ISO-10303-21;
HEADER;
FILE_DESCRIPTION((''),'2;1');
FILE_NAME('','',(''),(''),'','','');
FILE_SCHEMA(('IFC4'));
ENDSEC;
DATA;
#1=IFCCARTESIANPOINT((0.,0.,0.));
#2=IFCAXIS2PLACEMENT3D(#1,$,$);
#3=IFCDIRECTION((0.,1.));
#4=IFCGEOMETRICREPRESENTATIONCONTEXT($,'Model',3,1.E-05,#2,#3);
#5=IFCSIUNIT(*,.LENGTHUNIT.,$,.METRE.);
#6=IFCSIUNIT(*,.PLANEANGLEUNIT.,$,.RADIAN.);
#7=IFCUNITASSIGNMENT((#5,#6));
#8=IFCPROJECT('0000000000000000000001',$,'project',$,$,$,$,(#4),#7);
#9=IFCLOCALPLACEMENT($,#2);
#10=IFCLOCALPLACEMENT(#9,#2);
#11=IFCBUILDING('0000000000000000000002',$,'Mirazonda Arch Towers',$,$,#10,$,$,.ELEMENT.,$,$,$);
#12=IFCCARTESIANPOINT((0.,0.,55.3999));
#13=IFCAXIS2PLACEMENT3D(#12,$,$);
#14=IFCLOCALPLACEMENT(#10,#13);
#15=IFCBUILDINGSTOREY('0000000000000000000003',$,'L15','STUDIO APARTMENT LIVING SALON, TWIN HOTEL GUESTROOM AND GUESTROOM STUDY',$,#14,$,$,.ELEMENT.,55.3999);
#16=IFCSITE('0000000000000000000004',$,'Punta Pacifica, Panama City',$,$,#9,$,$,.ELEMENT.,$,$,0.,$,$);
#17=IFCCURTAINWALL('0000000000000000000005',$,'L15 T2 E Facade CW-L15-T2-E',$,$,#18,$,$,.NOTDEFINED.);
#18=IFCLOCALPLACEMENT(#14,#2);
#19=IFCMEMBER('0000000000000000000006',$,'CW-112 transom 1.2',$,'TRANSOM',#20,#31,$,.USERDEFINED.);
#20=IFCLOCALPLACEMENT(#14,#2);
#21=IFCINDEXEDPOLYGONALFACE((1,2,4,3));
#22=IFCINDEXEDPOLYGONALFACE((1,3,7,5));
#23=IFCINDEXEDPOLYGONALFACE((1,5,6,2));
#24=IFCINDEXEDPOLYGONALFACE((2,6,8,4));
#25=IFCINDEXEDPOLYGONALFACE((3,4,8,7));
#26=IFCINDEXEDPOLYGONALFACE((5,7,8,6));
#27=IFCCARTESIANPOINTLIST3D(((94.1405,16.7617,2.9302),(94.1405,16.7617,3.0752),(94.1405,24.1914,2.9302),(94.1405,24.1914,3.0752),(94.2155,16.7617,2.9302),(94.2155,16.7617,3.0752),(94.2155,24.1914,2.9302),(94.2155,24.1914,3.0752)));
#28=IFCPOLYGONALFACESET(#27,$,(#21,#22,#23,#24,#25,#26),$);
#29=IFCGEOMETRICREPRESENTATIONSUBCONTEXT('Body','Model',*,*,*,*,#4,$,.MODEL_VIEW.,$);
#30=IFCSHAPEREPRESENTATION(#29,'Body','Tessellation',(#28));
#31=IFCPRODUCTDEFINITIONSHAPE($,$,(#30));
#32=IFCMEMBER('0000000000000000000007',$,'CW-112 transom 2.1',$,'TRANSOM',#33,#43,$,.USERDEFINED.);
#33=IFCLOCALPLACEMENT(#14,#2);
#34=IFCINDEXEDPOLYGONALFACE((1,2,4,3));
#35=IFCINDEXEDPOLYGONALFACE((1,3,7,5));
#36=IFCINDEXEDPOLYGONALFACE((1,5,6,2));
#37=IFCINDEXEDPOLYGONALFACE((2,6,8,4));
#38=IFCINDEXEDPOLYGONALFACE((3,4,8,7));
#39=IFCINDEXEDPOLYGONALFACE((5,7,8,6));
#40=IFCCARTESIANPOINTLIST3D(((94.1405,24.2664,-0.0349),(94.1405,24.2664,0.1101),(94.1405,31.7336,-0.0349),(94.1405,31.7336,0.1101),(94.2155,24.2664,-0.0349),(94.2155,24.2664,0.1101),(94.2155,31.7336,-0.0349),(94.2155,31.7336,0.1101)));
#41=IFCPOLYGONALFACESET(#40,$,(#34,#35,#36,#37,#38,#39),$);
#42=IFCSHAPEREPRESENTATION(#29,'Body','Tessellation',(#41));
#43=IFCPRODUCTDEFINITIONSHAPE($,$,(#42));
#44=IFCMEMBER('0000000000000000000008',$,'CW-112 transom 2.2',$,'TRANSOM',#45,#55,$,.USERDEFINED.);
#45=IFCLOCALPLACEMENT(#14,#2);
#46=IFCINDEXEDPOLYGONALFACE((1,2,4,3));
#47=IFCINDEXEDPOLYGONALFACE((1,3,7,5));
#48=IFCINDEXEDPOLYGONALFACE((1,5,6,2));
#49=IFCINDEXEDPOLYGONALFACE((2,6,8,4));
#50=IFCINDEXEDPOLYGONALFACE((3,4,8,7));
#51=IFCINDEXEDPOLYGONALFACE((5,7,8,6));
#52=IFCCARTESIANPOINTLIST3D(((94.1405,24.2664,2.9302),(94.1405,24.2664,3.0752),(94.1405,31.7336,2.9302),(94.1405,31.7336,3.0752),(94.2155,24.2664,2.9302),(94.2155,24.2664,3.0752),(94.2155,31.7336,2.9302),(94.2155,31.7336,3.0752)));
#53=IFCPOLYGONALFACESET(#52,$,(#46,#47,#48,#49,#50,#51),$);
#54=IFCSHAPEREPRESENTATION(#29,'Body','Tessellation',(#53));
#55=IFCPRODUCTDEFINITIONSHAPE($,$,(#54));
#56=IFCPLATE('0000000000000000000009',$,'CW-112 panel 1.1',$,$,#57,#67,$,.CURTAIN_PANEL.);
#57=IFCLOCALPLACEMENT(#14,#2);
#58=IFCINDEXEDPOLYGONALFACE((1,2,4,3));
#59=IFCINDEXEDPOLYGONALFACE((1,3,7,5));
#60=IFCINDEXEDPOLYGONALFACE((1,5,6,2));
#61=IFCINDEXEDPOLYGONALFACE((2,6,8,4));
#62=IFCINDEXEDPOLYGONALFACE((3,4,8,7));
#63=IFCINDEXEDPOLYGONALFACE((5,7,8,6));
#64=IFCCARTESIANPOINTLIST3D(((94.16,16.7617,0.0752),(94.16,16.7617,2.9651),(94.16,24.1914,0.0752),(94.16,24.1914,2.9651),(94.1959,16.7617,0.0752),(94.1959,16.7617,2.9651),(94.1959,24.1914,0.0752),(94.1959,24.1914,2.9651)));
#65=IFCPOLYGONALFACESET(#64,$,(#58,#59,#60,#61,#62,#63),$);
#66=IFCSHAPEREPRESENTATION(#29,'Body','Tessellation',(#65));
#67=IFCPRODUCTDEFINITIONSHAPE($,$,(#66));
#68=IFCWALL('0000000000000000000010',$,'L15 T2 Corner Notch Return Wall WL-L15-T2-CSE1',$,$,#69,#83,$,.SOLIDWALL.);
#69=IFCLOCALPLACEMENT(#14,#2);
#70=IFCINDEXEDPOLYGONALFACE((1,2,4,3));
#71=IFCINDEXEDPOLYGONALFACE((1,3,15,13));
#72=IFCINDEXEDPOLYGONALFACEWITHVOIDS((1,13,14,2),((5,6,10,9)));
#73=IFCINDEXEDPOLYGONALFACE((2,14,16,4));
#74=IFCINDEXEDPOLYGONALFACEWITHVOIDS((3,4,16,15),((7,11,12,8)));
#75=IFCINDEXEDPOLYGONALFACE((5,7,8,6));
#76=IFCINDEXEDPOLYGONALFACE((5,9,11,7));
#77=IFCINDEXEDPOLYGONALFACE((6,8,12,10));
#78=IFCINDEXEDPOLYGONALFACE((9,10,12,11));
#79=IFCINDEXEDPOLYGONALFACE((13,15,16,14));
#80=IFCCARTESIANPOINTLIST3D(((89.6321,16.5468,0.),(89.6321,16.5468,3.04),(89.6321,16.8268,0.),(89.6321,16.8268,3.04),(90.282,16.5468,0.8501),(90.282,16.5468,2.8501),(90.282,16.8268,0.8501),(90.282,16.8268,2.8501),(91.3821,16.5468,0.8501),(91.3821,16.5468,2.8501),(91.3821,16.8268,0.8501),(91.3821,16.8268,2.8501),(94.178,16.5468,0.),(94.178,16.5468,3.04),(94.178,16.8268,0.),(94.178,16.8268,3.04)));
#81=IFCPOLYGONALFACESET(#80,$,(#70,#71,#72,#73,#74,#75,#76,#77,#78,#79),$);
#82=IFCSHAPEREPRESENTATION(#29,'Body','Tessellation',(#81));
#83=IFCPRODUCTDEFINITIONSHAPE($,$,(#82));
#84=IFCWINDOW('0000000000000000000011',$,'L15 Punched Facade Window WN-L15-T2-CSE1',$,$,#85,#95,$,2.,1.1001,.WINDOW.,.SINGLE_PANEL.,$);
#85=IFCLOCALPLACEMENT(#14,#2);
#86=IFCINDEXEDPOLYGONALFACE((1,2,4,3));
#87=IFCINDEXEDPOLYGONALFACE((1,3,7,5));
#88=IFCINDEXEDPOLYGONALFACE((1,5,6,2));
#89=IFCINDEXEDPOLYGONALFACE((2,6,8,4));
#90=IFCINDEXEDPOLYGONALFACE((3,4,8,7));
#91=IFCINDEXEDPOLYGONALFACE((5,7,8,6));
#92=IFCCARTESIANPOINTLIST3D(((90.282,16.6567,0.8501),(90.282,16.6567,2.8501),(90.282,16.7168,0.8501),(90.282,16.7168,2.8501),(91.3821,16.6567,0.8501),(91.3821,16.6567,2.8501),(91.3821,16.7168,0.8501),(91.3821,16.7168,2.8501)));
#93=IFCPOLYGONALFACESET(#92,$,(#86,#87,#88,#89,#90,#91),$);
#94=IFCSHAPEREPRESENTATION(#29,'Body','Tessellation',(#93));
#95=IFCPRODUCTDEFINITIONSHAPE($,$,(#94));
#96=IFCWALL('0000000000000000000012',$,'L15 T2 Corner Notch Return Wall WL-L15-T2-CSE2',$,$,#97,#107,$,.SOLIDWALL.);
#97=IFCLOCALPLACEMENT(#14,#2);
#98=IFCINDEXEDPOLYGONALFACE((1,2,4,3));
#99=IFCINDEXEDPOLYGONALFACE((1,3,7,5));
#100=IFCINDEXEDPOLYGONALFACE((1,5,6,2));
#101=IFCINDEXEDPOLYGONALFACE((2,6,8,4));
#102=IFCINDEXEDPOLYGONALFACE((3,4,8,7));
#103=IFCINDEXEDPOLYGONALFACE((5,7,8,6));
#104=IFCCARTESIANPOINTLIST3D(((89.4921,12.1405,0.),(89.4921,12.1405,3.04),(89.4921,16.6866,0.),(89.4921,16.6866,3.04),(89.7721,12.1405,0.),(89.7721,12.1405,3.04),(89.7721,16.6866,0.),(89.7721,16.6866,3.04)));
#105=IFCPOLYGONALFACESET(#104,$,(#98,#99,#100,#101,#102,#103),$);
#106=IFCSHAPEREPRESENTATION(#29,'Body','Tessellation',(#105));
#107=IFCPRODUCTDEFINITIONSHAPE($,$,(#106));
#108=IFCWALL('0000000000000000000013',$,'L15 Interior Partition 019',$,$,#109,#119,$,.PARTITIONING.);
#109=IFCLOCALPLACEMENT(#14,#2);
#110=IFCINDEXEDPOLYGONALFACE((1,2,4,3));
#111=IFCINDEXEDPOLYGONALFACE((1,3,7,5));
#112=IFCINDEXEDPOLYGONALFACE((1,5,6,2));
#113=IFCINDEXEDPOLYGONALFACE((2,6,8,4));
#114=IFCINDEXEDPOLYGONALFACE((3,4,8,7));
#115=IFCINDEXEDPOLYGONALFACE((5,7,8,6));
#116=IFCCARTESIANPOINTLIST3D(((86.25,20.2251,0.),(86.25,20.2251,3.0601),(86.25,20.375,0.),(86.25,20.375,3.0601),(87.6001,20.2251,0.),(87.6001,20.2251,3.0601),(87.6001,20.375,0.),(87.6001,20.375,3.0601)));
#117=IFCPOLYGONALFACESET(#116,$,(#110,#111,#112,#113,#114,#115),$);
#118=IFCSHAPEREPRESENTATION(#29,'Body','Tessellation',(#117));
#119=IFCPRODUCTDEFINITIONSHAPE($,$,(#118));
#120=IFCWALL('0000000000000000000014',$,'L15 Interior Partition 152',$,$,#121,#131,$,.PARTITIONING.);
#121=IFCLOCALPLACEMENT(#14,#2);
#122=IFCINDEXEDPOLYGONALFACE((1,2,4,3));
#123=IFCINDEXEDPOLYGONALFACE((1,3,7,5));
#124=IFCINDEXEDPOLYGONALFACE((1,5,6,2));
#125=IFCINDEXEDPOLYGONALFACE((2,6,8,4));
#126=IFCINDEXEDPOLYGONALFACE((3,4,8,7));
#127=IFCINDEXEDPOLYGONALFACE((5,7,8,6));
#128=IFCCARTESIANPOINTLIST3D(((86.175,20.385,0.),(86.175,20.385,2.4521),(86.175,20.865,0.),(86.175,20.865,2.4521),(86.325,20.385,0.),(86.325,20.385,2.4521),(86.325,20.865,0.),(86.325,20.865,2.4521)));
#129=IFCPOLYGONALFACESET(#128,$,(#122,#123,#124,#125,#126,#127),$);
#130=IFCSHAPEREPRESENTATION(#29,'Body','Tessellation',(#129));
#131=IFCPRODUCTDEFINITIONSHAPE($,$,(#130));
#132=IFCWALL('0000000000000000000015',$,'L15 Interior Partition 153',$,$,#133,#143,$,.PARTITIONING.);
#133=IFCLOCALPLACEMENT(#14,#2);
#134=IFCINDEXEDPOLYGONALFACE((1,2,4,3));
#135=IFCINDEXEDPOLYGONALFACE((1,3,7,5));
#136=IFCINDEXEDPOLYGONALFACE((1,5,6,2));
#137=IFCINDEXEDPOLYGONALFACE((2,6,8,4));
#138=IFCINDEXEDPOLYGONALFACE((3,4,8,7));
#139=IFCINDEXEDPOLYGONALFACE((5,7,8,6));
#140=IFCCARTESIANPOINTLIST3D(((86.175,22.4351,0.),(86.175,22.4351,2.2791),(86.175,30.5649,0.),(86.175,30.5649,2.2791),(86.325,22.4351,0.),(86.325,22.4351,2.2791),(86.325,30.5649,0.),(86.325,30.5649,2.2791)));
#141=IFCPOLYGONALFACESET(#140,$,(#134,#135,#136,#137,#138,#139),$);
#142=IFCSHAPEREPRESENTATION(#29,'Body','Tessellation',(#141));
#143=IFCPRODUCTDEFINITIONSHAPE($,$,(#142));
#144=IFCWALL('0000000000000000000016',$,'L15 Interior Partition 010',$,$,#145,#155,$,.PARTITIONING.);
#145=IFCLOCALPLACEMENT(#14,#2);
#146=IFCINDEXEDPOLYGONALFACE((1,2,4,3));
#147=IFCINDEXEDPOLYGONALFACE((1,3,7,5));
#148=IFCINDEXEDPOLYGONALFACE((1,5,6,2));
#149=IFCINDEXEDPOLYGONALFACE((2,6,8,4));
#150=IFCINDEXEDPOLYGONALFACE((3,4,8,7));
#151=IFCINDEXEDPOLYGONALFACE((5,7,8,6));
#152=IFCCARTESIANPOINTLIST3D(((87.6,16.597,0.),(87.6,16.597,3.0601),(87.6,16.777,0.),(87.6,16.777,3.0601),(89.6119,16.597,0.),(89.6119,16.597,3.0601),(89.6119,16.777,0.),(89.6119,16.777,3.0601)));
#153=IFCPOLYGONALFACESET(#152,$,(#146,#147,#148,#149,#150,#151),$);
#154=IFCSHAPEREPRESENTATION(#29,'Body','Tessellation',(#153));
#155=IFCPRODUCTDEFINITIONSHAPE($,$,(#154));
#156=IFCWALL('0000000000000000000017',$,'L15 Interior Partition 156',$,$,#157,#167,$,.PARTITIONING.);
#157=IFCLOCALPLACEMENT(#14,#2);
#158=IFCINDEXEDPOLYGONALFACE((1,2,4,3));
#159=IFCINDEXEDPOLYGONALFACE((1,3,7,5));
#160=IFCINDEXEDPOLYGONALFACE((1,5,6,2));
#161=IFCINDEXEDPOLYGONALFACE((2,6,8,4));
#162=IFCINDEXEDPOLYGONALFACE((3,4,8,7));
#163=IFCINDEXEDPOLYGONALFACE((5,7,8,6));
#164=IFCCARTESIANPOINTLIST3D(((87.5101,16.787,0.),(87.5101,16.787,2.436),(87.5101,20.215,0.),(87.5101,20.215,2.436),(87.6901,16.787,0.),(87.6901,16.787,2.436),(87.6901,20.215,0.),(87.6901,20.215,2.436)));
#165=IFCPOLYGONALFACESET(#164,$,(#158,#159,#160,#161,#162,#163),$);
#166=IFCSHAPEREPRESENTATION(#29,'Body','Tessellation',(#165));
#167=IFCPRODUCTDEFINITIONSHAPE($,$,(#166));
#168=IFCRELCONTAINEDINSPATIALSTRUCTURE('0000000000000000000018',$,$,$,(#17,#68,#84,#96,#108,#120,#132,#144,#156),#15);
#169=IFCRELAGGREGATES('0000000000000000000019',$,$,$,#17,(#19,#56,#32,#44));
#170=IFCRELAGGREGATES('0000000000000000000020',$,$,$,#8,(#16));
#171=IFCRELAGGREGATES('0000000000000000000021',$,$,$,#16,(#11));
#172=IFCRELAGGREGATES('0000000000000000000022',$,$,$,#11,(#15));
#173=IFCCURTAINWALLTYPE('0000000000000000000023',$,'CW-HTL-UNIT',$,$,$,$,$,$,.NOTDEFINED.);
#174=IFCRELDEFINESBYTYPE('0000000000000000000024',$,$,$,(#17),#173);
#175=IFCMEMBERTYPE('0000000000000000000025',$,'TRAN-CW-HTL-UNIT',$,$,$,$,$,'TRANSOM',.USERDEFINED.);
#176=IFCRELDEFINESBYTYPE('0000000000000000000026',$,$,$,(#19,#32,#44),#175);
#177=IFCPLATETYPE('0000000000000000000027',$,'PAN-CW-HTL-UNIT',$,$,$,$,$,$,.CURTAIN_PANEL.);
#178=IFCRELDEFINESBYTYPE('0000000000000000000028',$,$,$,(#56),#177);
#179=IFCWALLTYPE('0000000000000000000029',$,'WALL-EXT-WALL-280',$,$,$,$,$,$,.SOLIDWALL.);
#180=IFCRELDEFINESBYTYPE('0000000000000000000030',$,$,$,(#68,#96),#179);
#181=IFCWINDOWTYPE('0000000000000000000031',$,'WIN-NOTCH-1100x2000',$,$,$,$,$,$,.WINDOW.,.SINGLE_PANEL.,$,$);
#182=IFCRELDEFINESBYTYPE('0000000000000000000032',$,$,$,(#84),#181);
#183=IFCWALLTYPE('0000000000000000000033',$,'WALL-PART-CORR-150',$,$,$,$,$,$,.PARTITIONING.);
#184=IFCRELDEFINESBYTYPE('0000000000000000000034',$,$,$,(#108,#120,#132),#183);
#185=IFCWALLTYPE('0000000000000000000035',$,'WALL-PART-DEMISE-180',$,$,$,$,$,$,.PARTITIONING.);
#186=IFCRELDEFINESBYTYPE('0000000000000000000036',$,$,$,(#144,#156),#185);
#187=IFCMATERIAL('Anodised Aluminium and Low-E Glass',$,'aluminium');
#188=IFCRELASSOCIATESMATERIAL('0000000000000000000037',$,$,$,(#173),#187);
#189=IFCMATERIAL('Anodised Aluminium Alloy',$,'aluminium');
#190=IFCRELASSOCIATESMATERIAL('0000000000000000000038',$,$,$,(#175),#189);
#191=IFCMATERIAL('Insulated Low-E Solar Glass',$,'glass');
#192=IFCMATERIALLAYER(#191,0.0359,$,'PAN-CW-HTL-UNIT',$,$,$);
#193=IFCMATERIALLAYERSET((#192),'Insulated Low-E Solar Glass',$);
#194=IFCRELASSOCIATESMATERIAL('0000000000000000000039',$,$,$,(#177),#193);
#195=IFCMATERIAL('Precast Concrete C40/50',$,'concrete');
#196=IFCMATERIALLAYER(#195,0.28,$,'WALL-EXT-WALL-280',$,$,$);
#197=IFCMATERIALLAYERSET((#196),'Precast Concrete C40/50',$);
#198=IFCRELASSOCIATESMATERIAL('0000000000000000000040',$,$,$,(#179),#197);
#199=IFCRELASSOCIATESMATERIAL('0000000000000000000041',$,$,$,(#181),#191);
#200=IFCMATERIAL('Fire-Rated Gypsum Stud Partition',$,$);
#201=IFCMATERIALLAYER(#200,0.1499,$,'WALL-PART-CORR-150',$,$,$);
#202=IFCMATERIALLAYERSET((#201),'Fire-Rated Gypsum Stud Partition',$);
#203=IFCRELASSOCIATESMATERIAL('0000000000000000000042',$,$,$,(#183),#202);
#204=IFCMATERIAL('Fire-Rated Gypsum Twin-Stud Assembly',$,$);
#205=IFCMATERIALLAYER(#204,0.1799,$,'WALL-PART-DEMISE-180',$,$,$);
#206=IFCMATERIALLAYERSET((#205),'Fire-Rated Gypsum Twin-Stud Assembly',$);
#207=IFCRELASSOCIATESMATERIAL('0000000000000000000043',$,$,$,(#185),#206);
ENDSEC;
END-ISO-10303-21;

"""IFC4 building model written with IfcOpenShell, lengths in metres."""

from ifc_helpers import new_model, si_unit, direction, frame, frame_2d, origin, origin_2d, place, context, subcontext, project, spatial, rectangle, extrude, material, layer, layer_set, material_profile, profile_set, type_object, element, fill, aggregate, save


model = new_model("IFC4")

# Units and contexts
model_context = context("Model", 3, precision=1e-05, world=origin(), true_north=direction((0.0, 1.0)))
body_context = subcontext(model_context, "Body", "Model", "MODEL_VIEW")
ifc_project = project(units=[si_unit("LENGTHUNIT", "METRE"), si_unit("PLANEANGLEUNIT", "RADIAN")], contexts=[model_context])

# Site, building, storey
site_placement = place(None, origin())
site = spatial("IfcSite", under=ifc_project, at=site_placement, Name="Punta Pacifica, Panama City", CompositionType="ELEMENT", RefElevation=0.0)
building_placement = place(site_placement, origin())
building = spatial("IfcBuilding", under=site, at=building_placement, Name="Mirazonda Arch Towers", CompositionType="ELEMENT")
storey_placement = place(building_placement, frame((0.0, 0.0, 55.3999)))
storey = spatial("IfcBuildingStorey", under=building, at=storey_placement, Name="L15", Description="STUDIO APARTMENT LIVING SALON, TWIN HOTEL GUESTROOM AND GUESTROOM STUDY", CompositionType="ELEMENT", Elevation=55.3999)

# Shared definitions
ifc_material_1 = material(Name="Anodised Aluminium and Low-E Glass", Category="aluminium")
curtain_wall_type = type_object("IfcCurtainWallType", Name="CW-HTL-UNIT", PredefinedType="NOTDEFINED", material=ifc_material_1)
ifc_material_2 = material(Name="Anodised Aluminium Alloy", Category="aluminium")

# Curtain wall
curtain_wall_1_placement = place(storey_placement, origin())
curtain_wall_1 = element("IfcCurtainWall", 1, at=curtain_wall_1_placement, inside=storey, type_object=curtain_wall_type, Name="L15 T2 E Facade CW-L15-T2-E", PredefinedType="NOTDEFINED")

# Members
ifc_material_profile_1 = material_profile(ifc_material_2, rectangle(XDim=0.075, YDim=0.145, at=origin_2d()), Name="ALU-TRAN-75x145")
ifc_profile_set_1 = profile_set([ifc_material_profile_1], Name="Anodised Aluminium Alloy")
member_type_1 = type_object("IfcMemberType", Name="TRAN-CW-HTL-UNIT", ElementType="TRANSOM", PredefinedType="USERDEFINED", material=ifc_profile_set_1)
member_1_placement = place(storey_placement, frame((94.178, 16.7617, 3.0027), z_axis=(0.0, 1.0, 0.0), x_axis=(-1.0, 0.0, 0.0)))
member_1 = element("IfcMember", 2, at=member_1_placement, type_object=member_type_1, Name="CW-112 transom 1.2", ObjectType="TRANSOM", PredefinedType="USERDEFINED", context=body_context, shape_type="SweptSolid", body=[
    extrude(rectangle(XDim=0.075, YDim=0.145, at=origin_2d()), origin(), (0.0, 0.0, 1.0), 7.4297),
])
member_2_placement = place(storey_placement, frame((94.178, 24.2664, 0.0376), z_axis=(0.0, 1.0, 0.0), x_axis=(-1.0, 0.0, 0.0)))
member_2 = element("IfcMember", 3, at=member_2_placement, type_object=member_type_1, Name="CW-112 transom 2.1", ObjectType="TRANSOM", PredefinedType="USERDEFINED", context=body_context, shape_type="SweptSolid", body=[
    extrude(rectangle(XDim=0.075, YDim=0.145, at=origin_2d()), origin(), (0.0, 0.0, 1.0), 7.4673),
])
member_3_placement = place(storey_placement, frame((94.178, 24.2664, 3.0027), z_axis=(0.0, 1.0, 0.0), x_axis=(-1.0, 0.0, 0.0)))
member_3 = element("IfcMember", 4, at=member_3_placement, type_object=member_type_1, Name="CW-112 transom 2.2", ObjectType="TRANSOM", PredefinedType="USERDEFINED", context=body_context, shape_type="SweptSolid", body=[
    extrude(rectangle(XDim=0.075, YDim=0.145, at=origin_2d()), origin(), (0.0, 0.0, 1.0), 7.4673),
])

# Plate
ifc_material_3 = material(Name="Insulated Low-E Solar Glass", Category="glass")
ifc_layer_1 = layer(ifc_material_3, 0.0359, Name="PAN-CW-HTL-UNIT")
ifc_layer_set_1 = layer_set([ifc_layer_1], Name="Insulated Low-E Solar Glass")
plate_type = type_object("IfcPlateType", Name="PAN-CW-HTL-UNIT", PredefinedType="CURTAIN_PANEL", material=ifc_layer_set_1)
plate_placement = place(storey_placement, frame((94.178, 20.4766, 0.0752), z_axis=(0.0, 0.0, 1.0), x_axis=(0.0, 1.0, 0.0)))
plate = element("IfcPlate", 5, at=plate_placement, type_object=plate_type, Name="CW-112 panel 1.1", PredefinedType="CURTAIN_PANEL", context=body_context, shape_type="SweptSolid", body=[
    extrude(rectangle(XDim=7.4297, YDim=0.0359, at=origin_2d()), origin(), (0.0, 0.0, 1.0), 2.8899),
])
aggregate(curtain_wall_1, [member_1, plate, member_2, member_3])

# Wall, opening, window
ifc_material_4 = material(Name="Precast Concrete C40/50", Category="concrete")
ifc_layer_2 = layer(ifc_material_4, 0.28, Name="WALL-EXT-WALL-280")
ifc_layer_set_2 = layer_set([ifc_layer_2], Name="Precast Concrete C40/50")
wall_type_1 = type_object("IfcWallType", Name="WALL-EXT-WALL-280", PredefinedType="SOLIDWALL", material=ifc_layer_set_2)
wall_1_placement = place(storey_placement, frame((89.6321, 16.6868, 0.0), z_axis=(0.0, 0.0, 1.0), x_axis=(1.0, 0.0, 0.0)))
wall_1 = element("IfcWall", 6, at=wall_1_placement, inside=storey, type_object=wall_type_1, Name="L15 T2 Corner Notch Return Wall WL-L15-T2-CSE1", PredefinedType="SOLIDWALL", context=body_context, shape_type="SweptSolid", body=[
    extrude(rectangle(XDim=4.5459, YDim=0.28, at=frame_2d((2.2729, 0.0))), origin(), (0.0, 0.0, 1.0), 3.04),
])
opening_1_placement = place(wall_1_placement, frame((0.6499, 0.0, 0.8501)))
opening_1 = element("IfcOpeningElement", 7, at=opening_1_placement, cuts=wall_1, PredefinedType="OPENING", context=body_context, shape_type="SweptSolid", body=[
    extrude(rectangle(XDim=1.1001, YDim=2.0, at=frame_2d((0.55, 1.0))), frame((0.0, 0.1499, 0.0), z_axis=(0.0, -1.0, 0.0), x_axis=(1.0, 0.0, 0.0)), (0.0, 0.0, 1.0), 0.3),
])
window_type = type_object("IfcWindowType", Name="WIN-NOTCH-1100x2000", PartitioningType="SINGLE_PANEL", PredefinedType="WINDOW", material=ifc_material_3)
window_placement = place(opening_1_placement, origin())
window = element("IfcWindow", 8, at=window_placement, inside=storey, type_object=window_type, Name="L15 Punched Facade Window WN-L15-T2-CSE1", OverallHeight=2.0, OverallWidth=1.1001, PartitioningType="SINGLE_PANEL", PredefinedType="WINDOW", context=body_context, shape_type="SweptSolid", body=[
    extrude(rectangle(XDim=1.1001, YDim=2.0, at=frame_2d((0.55, 1.0))), frame((0.0, 0.03, 0.0), z_axis=(0.0, -1.0, 0.0), x_axis=(1.0, 0.0, 0.0)), (0.0, 0.0, 1.0), 0.0601),
])
fill(opening_1, window)

# Walls
wall_2_placement = place(storey_placement, frame((89.6321, 12.1406, 0.0), z_axis=(0.0, 0.0, 1.0), x_axis=(0.0, 1.0, 0.0)))
element("IfcWall", 9, at=wall_2_placement, inside=storey, type_object=wall_type_1, Name="L15 T2 Corner Notch Return Wall WL-L15-T2-CSE2", PredefinedType="SOLIDWALL", context=body_context, shape_type="SweptSolid", body=[
    extrude(rectangle(XDim=4.5461, YDim=0.28, at=frame_2d((2.2729, 0.0))), origin(), (0.0, 0.0, 1.0), 3.04),
])
ifc_material_5 = material(Name="Fire-Rated Gypsum Stud Partition")
ifc_layer_3 = layer(ifc_material_5, 0.1499, Name="WALL-PART-CORR-150")
ifc_layer_set_3 = layer_set([ifc_layer_3], Name="Fire-Rated Gypsum Stud Partition")
wall_type_2 = type_object("IfcWallType", Name="WALL-PART-CORR-150", PredefinedType="PARTITIONING", material=ifc_layer_set_3)
wall_3_placement = place(storey_placement, frame((86.25, 20.3, 0.0), z_axis=(0.0, 0.0, 1.0), x_axis=(1.0, 0.0, 0.0)))
element("IfcWall", 10, at=wall_3_placement, inside=storey, type_object=wall_type_2, Name="L15 Interior Partition 019", PredefinedType="PARTITIONING", context=body_context, shape_type="SweptSolid", body=[
    extrude(rectangle(XDim=1.3501, YDim=0.1499, at=frame_2d((0.675, 0.0))), origin(), (0.0, 0.0, 1.0), 3.0601),
])
wall_4_placement = place(storey_placement, frame((86.25, 20.385, 0.0), z_axis=(0.0, 0.0, 1.0), x_axis=(0.0, 1.0, 0.0)))
element("IfcWall", 11, at=wall_4_placement, inside=storey, type_object=wall_type_2, Name="L15 Interior Partition 152", PredefinedType="PARTITIONING", context=body_context, shape_type="SweptSolid", body=[
    extrude(rectangle(XDim=0.48, YDim=0.1499, at=frame_2d((0.24, 0.0))), origin(), (0.0, 0.0, 1.0), 2.4521),
])
wall_5_placement = place(storey_placement, frame((86.25, 22.4351, 0.0), z_axis=(0.0, 0.0, 1.0), x_axis=(0.0, 1.0, 0.0)))
element("IfcWall", 12, at=wall_5_placement, inside=storey, type_object=wall_type_2, Name="L15 Interior Partition 153", PredefinedType="PARTITIONING", context=body_context, shape_type="SweptSolid", body=[
    extrude(rectangle(XDim=8.1299, YDim=0.1499, at=frame_2d((4.0649, 0.0))), origin(), (0.0, 0.0, 1.0), 2.2791),
])
ifc_material_6 = material(Name="Fire-Rated Gypsum Twin-Stud Assembly")
ifc_layer_4 = layer(ifc_material_6, 0.1799, Name="WALL-PART-DEMISE-180")
ifc_layer_set_4 = layer_set([ifc_layer_4], Name="Fire-Rated Gypsum Twin-Stud Assembly")
wall_type_3 = type_object("IfcWallType", Name="WALL-PART-DEMISE-180", PredefinedType="PARTITIONING", material=ifc_layer_set_4)
wall_6_placement = place(storey_placement, frame((87.6001, 16.687, 0.0), z_axis=(0.0, 0.0, 1.0), x_axis=(1.0, 0.0, 0.0)))
element("IfcWall", 13, at=wall_6_placement, inside=storey, type_object=wall_type_3, Name="L15 Interior Partition 010", PredefinedType="PARTITIONING", context=body_context, shape_type="SweptSolid", body=[
    extrude(rectangle(XDim=2.012, YDim=0.1799, at=frame_2d((1.0059, 0.0))), origin(), (0.0, 0.0, 1.0), 3.0601),
])

# Wall
wall_7_placement = place(storey_placement, frame((87.6001, 16.7871, 0.0), z_axis=(0.0, 0.0, 1.0), x_axis=(0.0, 1.0, 0.0)))
element("IfcWall", 14, at=wall_7_placement, inside=storey, type_object=wall_type_3, Name="L15 Interior Partition 156", PredefinedType="PARTITIONING", context=body_context, shape_type="SweptSolid", body=[
    extrude(rectangle(XDim=3.428, YDim=0.1799, at=frame_2d((1.7139, 0.0))), origin(), (0.0, 0.0, 1.0), 2.436),
])

save(model, "model.ifc")
